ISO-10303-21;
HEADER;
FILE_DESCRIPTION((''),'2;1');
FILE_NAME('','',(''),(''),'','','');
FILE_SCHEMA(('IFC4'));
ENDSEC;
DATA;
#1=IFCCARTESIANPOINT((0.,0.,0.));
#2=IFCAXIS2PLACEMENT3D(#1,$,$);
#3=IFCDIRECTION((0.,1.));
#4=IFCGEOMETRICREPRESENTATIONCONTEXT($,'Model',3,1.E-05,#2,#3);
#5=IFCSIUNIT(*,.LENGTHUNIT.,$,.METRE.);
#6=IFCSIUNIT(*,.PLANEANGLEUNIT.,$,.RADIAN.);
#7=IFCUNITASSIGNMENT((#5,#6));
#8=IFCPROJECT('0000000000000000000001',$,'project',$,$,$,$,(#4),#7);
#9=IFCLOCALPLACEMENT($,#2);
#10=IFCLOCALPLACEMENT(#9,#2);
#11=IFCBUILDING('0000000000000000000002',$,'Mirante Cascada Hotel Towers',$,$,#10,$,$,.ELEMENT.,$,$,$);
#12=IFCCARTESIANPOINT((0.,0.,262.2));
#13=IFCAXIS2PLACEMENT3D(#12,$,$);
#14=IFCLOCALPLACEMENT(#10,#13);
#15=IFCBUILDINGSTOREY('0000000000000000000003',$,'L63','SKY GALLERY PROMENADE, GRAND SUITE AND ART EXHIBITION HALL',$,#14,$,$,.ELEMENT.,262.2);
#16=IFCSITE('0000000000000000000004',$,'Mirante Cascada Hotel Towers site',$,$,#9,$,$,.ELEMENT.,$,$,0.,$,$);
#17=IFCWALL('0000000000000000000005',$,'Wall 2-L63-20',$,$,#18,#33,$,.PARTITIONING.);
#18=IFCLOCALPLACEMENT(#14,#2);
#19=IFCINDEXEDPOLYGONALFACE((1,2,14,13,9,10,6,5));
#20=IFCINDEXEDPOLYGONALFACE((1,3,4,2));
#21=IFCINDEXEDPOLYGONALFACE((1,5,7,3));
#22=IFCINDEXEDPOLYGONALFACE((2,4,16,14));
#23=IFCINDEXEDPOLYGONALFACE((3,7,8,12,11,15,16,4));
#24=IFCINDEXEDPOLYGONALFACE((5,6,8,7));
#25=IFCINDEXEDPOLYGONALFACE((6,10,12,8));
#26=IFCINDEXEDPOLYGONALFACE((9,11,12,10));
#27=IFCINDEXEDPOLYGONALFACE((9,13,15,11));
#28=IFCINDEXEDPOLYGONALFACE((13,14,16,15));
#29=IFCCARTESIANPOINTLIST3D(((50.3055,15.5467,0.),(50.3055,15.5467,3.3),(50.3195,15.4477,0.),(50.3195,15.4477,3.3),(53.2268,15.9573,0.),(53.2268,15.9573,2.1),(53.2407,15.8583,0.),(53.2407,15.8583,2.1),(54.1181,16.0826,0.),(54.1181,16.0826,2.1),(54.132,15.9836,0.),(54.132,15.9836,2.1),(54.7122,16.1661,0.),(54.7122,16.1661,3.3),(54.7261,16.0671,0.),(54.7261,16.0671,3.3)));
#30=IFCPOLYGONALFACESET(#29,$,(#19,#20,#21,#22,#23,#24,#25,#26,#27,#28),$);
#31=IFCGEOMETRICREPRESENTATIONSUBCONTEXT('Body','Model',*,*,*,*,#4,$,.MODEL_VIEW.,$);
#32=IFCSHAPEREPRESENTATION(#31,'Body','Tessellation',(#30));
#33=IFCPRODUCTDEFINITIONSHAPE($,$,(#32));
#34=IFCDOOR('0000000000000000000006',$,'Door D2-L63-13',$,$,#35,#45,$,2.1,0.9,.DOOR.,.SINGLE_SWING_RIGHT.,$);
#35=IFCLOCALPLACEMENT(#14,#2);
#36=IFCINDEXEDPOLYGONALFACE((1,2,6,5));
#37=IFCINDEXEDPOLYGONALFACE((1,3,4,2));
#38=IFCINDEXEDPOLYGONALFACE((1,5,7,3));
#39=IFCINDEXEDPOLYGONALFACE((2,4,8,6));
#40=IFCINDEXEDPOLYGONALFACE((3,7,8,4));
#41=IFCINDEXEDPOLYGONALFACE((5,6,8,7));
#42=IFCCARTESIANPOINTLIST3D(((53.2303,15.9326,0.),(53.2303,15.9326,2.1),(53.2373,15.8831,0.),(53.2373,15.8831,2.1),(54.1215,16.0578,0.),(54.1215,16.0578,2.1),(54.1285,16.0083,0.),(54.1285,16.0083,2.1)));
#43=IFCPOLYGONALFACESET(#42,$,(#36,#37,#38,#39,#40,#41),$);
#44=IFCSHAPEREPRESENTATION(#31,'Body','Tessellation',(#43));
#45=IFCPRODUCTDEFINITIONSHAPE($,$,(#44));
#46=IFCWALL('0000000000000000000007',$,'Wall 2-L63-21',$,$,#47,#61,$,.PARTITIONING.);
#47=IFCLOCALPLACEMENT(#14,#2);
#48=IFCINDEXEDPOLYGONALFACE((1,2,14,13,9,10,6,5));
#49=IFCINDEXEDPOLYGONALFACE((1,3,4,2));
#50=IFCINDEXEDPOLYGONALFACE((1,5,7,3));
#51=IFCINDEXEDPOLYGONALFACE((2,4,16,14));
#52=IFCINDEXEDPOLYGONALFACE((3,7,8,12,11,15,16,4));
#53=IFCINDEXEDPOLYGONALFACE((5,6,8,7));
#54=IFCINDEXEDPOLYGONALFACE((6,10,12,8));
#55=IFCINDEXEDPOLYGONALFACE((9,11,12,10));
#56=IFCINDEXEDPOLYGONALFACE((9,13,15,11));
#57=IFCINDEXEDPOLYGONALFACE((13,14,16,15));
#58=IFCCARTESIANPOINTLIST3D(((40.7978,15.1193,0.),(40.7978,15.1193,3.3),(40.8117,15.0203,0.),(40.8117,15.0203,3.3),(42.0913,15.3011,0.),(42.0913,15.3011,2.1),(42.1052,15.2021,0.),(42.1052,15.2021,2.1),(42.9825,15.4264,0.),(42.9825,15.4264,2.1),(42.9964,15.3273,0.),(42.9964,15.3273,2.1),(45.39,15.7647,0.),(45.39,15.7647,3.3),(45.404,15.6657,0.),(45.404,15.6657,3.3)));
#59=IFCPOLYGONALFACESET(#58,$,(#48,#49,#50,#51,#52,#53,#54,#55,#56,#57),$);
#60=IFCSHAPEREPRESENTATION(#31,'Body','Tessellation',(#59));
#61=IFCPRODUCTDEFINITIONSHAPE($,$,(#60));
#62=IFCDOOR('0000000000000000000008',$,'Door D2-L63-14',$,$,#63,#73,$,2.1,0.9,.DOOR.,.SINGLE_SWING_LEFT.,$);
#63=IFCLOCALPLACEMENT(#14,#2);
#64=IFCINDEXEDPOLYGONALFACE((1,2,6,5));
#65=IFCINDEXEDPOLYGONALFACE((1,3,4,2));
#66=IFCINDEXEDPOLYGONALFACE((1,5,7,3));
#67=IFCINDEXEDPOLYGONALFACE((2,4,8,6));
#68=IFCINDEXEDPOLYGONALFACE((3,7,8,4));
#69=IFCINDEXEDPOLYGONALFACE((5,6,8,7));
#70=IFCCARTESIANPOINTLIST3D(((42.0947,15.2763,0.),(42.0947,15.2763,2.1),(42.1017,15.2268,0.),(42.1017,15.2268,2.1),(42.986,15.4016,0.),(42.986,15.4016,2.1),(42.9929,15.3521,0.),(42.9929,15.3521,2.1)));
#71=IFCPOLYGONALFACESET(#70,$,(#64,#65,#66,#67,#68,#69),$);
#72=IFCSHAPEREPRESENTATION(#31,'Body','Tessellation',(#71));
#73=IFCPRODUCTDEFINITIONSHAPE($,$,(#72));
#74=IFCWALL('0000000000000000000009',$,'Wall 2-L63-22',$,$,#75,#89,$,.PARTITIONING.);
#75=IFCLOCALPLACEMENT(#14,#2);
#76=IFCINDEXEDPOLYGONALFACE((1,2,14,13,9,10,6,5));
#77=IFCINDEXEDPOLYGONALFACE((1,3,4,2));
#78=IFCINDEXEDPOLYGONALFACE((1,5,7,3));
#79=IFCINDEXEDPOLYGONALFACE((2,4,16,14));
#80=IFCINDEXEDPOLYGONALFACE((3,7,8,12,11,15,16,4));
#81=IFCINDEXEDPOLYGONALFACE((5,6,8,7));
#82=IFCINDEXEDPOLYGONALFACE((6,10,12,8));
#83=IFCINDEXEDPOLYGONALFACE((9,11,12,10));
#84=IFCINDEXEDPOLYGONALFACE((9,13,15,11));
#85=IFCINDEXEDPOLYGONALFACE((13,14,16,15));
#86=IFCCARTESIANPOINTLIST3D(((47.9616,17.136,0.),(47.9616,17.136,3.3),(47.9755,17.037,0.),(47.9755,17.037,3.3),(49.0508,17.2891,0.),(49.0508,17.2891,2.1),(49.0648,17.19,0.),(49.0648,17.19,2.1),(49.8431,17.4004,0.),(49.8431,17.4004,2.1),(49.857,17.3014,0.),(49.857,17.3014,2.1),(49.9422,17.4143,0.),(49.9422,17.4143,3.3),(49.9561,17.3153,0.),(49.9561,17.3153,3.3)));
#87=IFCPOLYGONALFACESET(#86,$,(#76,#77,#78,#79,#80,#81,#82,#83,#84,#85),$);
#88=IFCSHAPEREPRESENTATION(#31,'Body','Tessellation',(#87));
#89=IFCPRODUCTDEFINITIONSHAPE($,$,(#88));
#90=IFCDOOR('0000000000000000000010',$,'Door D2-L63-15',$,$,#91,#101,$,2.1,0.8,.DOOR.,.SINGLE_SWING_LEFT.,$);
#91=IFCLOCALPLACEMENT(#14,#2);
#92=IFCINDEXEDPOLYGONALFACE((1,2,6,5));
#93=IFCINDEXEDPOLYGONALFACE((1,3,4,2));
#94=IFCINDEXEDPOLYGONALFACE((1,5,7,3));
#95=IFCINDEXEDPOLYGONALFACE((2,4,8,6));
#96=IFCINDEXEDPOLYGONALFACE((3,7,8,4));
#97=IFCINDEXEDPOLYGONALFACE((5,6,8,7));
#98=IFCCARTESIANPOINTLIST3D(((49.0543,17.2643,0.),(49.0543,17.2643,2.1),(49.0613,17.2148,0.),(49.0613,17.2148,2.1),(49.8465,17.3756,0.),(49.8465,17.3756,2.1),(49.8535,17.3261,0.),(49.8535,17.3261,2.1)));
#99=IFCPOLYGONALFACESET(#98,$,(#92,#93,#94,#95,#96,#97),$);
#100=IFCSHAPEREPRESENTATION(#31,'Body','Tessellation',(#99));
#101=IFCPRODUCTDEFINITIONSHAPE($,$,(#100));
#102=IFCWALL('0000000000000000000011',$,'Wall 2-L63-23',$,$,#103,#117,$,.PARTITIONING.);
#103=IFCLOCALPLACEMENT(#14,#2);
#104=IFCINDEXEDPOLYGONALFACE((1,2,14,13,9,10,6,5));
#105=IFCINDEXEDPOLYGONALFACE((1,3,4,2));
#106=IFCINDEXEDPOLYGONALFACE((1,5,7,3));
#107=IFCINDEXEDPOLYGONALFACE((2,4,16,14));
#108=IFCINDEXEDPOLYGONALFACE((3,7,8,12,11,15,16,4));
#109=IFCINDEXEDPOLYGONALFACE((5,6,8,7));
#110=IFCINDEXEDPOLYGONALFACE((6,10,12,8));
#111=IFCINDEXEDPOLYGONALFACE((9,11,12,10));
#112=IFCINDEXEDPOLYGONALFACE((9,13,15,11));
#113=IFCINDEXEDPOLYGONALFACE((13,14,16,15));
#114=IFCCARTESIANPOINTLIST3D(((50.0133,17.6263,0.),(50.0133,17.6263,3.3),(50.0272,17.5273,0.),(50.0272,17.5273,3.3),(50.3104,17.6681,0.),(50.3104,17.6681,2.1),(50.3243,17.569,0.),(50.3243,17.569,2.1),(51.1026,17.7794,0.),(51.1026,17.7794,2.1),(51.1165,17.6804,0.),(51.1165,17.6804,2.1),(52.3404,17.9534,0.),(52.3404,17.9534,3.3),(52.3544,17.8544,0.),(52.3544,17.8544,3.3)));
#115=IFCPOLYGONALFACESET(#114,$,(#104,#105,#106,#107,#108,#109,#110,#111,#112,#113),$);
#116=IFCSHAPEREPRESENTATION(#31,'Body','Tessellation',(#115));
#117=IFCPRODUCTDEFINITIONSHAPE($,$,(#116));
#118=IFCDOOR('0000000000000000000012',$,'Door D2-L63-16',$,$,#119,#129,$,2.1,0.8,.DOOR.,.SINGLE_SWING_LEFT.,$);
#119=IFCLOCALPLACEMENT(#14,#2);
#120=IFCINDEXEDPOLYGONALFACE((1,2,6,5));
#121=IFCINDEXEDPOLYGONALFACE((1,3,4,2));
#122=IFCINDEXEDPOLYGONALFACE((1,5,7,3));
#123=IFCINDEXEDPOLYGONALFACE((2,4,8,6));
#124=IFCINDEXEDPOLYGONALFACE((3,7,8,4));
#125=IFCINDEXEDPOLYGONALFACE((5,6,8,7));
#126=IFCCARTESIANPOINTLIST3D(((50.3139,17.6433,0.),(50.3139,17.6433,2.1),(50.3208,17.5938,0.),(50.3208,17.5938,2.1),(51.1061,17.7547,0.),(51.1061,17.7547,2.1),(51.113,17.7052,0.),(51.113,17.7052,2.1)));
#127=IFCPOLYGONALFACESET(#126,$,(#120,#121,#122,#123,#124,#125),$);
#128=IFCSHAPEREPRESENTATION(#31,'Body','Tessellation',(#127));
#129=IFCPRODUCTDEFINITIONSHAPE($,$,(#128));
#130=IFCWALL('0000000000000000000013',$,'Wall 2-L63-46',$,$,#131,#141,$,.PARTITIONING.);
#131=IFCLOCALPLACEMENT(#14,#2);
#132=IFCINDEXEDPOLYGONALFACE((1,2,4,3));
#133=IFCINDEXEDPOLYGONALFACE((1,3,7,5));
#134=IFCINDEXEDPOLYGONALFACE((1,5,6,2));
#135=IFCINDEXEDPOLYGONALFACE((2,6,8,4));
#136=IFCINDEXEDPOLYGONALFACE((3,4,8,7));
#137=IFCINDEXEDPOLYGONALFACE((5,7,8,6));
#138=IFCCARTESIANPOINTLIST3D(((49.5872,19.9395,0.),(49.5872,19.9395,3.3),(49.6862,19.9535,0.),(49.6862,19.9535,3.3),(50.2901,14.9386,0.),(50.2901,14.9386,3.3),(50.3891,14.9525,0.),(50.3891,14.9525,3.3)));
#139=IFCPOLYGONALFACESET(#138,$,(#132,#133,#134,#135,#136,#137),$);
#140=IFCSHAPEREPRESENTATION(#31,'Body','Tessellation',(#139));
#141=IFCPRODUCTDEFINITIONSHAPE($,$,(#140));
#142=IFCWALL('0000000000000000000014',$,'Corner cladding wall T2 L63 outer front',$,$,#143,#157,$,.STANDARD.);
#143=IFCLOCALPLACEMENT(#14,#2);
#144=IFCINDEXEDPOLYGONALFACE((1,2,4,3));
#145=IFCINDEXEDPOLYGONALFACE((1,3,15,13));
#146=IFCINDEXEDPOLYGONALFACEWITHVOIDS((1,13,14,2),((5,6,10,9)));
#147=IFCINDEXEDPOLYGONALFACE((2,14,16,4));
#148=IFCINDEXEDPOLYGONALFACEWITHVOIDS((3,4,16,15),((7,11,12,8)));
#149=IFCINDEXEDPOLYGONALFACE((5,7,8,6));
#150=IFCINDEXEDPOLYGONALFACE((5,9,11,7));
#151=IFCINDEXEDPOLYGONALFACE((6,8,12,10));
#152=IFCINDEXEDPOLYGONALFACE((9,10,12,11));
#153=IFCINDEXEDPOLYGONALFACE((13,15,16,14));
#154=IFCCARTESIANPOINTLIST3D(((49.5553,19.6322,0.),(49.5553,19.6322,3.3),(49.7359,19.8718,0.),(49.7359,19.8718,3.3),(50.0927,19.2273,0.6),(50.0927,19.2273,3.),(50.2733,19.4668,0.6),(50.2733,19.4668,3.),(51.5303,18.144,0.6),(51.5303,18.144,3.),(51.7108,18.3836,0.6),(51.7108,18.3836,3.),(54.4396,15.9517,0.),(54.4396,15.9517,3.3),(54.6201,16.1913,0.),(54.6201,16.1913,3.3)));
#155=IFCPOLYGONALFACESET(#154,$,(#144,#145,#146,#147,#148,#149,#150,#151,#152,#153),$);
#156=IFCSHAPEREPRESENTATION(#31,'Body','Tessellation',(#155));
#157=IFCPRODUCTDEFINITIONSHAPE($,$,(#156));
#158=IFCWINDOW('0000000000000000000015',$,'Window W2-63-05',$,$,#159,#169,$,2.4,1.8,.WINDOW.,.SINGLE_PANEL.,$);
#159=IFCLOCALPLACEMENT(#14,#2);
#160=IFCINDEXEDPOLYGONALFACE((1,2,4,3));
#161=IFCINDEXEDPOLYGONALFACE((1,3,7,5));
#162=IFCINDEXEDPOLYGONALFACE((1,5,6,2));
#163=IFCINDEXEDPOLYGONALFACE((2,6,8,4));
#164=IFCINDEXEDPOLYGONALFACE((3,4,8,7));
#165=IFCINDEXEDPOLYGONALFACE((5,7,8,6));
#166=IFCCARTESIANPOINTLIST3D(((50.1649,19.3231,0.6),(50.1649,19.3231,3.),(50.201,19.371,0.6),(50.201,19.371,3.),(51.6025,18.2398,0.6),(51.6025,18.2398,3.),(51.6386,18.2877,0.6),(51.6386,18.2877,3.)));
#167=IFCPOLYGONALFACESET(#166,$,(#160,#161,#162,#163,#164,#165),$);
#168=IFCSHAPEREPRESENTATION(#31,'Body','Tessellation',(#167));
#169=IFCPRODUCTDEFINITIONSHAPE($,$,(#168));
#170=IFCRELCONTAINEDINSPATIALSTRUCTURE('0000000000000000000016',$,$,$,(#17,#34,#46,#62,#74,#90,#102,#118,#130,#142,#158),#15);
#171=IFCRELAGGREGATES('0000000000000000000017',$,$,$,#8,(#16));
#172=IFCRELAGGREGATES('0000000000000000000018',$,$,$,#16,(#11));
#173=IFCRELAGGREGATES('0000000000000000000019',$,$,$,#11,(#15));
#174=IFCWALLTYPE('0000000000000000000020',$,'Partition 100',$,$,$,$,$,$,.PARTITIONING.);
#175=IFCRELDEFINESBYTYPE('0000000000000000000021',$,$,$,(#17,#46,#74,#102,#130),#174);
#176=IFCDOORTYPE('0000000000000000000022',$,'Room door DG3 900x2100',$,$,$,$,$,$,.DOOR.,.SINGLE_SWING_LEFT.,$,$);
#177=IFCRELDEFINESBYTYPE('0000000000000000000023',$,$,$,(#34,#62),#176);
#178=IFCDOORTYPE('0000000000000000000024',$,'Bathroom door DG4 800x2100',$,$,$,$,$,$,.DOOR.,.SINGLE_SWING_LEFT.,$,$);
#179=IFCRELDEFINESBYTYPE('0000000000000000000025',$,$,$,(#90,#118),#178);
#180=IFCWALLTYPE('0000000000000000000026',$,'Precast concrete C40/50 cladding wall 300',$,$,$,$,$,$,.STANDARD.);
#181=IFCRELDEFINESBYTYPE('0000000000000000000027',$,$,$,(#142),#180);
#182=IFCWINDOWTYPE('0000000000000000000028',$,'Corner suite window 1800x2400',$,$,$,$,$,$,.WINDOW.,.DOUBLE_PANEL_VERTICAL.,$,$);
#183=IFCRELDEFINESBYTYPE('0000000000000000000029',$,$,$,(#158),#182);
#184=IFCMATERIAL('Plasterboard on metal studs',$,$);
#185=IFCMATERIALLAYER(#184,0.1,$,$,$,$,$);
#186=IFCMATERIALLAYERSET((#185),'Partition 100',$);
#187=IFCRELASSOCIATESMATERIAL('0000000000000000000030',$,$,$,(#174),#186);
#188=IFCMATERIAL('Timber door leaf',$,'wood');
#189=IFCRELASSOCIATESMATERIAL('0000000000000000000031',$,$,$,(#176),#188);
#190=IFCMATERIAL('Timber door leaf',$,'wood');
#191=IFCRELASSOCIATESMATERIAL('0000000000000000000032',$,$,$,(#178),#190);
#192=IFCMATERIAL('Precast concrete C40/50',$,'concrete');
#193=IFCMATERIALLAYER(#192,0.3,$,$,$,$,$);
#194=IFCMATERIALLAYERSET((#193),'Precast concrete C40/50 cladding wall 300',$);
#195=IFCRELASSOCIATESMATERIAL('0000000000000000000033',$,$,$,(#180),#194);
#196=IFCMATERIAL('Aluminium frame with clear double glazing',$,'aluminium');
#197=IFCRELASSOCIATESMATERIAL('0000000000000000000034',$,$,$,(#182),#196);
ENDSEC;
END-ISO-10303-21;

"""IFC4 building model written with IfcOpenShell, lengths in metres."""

from ifc_helpers import new_model, si_unit, direction, frame, frame_2d, origin, place, context, subcontext, project, spatial, rectangle, extrude, material, layer, layer_set, type_object, element, fill, save


model = new_model("IFC4")

# Units and contexts
model_context = context("Model", 3, precision=1e-05, world=origin(), true_north=direction((0.0, 1.0)))
body_context = subcontext(model_context, "Body", "Model", "MODEL_VIEW")
ifc_project = project(units=[si_unit("LENGTHUNIT", "METRE"), si_unit("PLANEANGLEUNIT", "RADIAN")], contexts=[model_context])

# Site, building, storey
site_placement = place(None, origin())
site = spatial("IfcSite", under=ifc_project, at=site_placement, Name="Mirante Cascada Hotel Towers site", CompositionType="ELEMENT", RefElevation=0.0)
building_placement = place(site_placement, origin())
building = spatial("IfcBuilding", under=site, at=building_placement, Name="Mirante Cascada Hotel Towers", CompositionType="ELEMENT")
storey_placement = place(building_placement, frame((0.0, 0.0, 262.2)))
storey = spatial("IfcBuildingStorey", under=building, at=storey_placement, Name="L63", Description="SKY GALLERY PROMENADE, GRAND SUITE AND ART EXHIBITION HALL", CompositionType="ELEMENT", Elevation=262.2)

# Shared definitions
ifc_material_1 = material(Name="Plasterboard on metal studs")
ifc_layer_1 = layer(ifc_material_1, 0.1)
ifc_layer_set_1 = layer_set([ifc_layer_1], Name="Partition 100")
wall_type_1 = type_object("IfcWallType", Name="Partition 100", PredefinedType="PARTITIONING", material=ifc_layer_set_1)

# Walls, openings, doors
wall_1_placement = place(storey_placement, frame((50.3125, 15.4972, 0.0), z_axis=(0.0, 0.0, 1.0), x_axis=(0.990266, 0.13919, 0.0)))
wall_1 = element("IfcWall", 1, at=wall_1_placement, inside=storey, type_object=wall_type_1, Name="Wall 2-L63-20", PredefinedType="PARTITIONING", context=body_context, shape_type="SweptSolid", body=[
    extrude(rectangle(XDim=4.45, YDim=0.1, at=frame_2d((2.225, 0.0))), origin(), (0.0, 0.0, 1.0), 3.3),
])
opening_1_placement = place(wall_1_placement, frame((2.95, 0.0, 0.0)))
opening_1 = element("IfcOpeningElement", 2, at=opening_1_placement, cuts=wall_1, PredefinedType="OPENING", context=body_context, shape_type="SweptSolid", body=[
    extrude(rectangle(XDim=0.9, YDim=2.1, at=frame_2d((0.45, 1.05))), frame((0.0, 0.05, 0.0), z_axis=(0.0, -1.0, 0.0), x_axis=(1.0, 0.0, 0.0)), (0.0, 0.0, 1.0), 0.1),
])
ifc_material_2 = material(Name="Timber door leaf", Category="wood")
door_type_1 = type_object("IfcDoorType", Name="Room door DG3 900x2100", OperationType="SINGLE_SWING_LEFT", PredefinedType="DOOR", material=ifc_material_2)
door_1_placement = place(opening_1_placement, frame((0.9, 0.0, 0.0), z_axis=(0.0, 0.0, 1.0), x_axis=(-1.0, 0.0, 0.0)))
door_1 = element("IfcDoor", 3, at=door_1_placement, inside=storey, type_object=door_type_1, Name="Door D2-L63-13", OperationType="SINGLE_SWING_RIGHT", OverallHeight=2.1, OverallWidth=0.9, PredefinedType="DOOR", context=body_context, shape_type="SweptSolid", body=[
    extrude(rectangle(XDim=0.9, YDim=2.1, at=frame_2d((0.45, 1.05))), frame((0.0, 0.025, 0.0), z_axis=(0.0, -1.0, 0.0), x_axis=(1.0, 0.0, 0.0)), (0.0, 0.0, 1.0), 0.05),
])
fill(opening_1, door_1)
wall_2_placement = place(storey_placement, frame((45.397, 15.7152, 0.0), z_axis=(0.0, 0.0, 1.0), x_axis=(-0.990268, -0.139172, 0.0)))
wall_2 = element("IfcWall", 4, at=wall_2_placement, inside=storey, type_object=wall_type_1, Name="Wall 2-L63-21", PredefinedType="PARTITIONING", context=body_context, shape_type="SweptSolid", body=[
    extrude(rectangle(XDim=4.6374, YDim=0.1, at=frame_2d((2.3187, 0.0))), origin(), (0.0, 0.0, 1.0), 3.3),
])
opening_2_placement = place(wall_2_placement, frame((2.4312, 0.0, 0.0)))
opening_2 = element("IfcOpeningElement", 5, at=opening_2_placement, cuts=wall_2, PredefinedType="OPENING", context=body_context, shape_type="SweptSolid", body=[
    extrude(rectangle(XDim=0.9, YDim=2.1, at=frame_2d((0.45, 1.05))), frame((0.0, 0.05, 0.0), z_axis=(0.0, -1.0, 0.0), x_axis=(1.0, 0.0, 0.0)), (0.0, 0.0, 1.0), 0.1),
])
door_2_placement = place(opening_2_placement, origin())
door_2 = element("IfcDoor", 6, at=door_2_placement, inside=storey, type_object=door_type_1, Name="Door D2-L63-14", OperationType="SINGLE_SWING_LEFT", OverallHeight=2.1, OverallWidth=0.9, PredefinedType="DOOR", context=body_context, shape_type="SweptSolid", body=[
    extrude(rectangle(XDim=0.9, YDim=2.1, at=frame_2d((0.45, 1.05))), frame((0.0, 0.025, 0.0), z_axis=(0.0, -1.0, 0.0), x_axis=(1.0, 0.0, 0.0)), (0.0, 0.0, 1.0), 0.05),
])
fill(opening_2, door_2)
wall_3_placement = place(storey_placement, frame((47.9685, 17.0865, 0.0), z_axis=(0.0, 0.0, 1.0), x_axis=(0.990272, 0.139146, 0.0)))
wall_3 = element("IfcWall", 7, at=wall_3_placement, inside=storey, type_object=wall_type_1, Name="Wall 2-L63-22", PredefinedType="PARTITIONING", context=body_context, shape_type="SweptSolid", body=[
    extrude(rectangle(XDim=2.0001, YDim=0.1, at=frame_2d((1.0001, 0.0))), origin(), (0.0, 0.0, 1.0), 3.3),
])
opening_3_placement = place(wall_3_placement, frame((1.1, 0.0, 0.0)))
opening_3 = element("IfcOpeningElement", 8, at=opening_3_placement, cuts=wall_3, PredefinedType="OPENING", context=body_context, shape_type="SweptSolid", body=[
    extrude(rectangle(XDim=0.8, YDim=2.1, at=frame_2d((0.4, 1.05))), frame((0.0, 0.05, 0.0), z_axis=(0.0, -1.0, 0.0), x_axis=(1.0, 0.0, 0.0)), (0.0, 0.0, 1.0), 0.1),
])
ifc_material_3 = material(Name="Timber door leaf", Category="wood")
door_type_2 = type_object("IfcDoorType", Name="Bathroom door DG4 800x2100", OperationType="SINGLE_SWING_LEFT", PredefinedType="DOOR", material=ifc_material_3)
door_3_placement = place(opening_3_placement, origin())
door_3 = element("IfcDoor", 9, at=door_3_placement, inside=storey, type_object=door_type_2, Name="Door D2-L63-15", OperationType="SINGLE_SWING_LEFT", OverallHeight=2.1, OverallWidth=0.8, PredefinedType="DOOR", context=body_context, shape_type="SweptSolid", body=[
    extrude(rectangle(XDim=0.8, YDim=2.1, at=frame_2d((0.4, 1.05))), frame((0.0, 0.025, 0.0), z_axis=(0.0, -1.0, 0.0), x_axis=(1.0, 0.0, 0.0)), (0.0, 0.0, 1.0), 0.05),
])
fill(opening_3, door_3)
wall_4_placement = place(storey_placement, frame((52.3474, 17.9039, 0.0), z_axis=(0.0, 0.0, 1.0), x_axis=(-0.990265, -0.139193, 0.0)))
wall_4 = element("IfcWall", 10, at=wall_4_placement, inside=storey, type_object=wall_type_1, Name="Wall 2-L63-23", PredefinedType="PARTITIONING", context=body_context, shape_type="SweptSolid", body=[
    extrude(rectangle(XDim=2.35, YDim=0.1, at=frame_2d((1.175, 0.0))), origin(), (0.0, 0.0, 1.0), 3.3),
])
opening_4_placement = place(wall_4_placement, frame((1.25, 0.0, 0.0)))
opening_4 = element("IfcOpeningElement", 11, at=opening_4_placement, cuts=wall_4, PredefinedType="OPENING", context=body_context, shape_type="SweptSolid", body=[
    extrude(rectangle(XDim=0.8, YDim=2.1, at=frame_2d((0.4, 1.05))), frame((0.0, 0.05, 0.0), z_axis=(0.0, -1.0, 0.0), x_axis=(1.0, 0.0, 0.0)), (0.0, 0.0, 1.0), 0.1),
])
door_4_placement = place(opening_4_placement, origin())
door_4 = element("IfcDoor", 12, at=door_4_placement, inside=storey, type_object=door_type_2, Name="Door D2-L63-16", OperationType="SINGLE_SWING_LEFT", OverallHeight=2.1, OverallWidth=0.8, PredefinedType="DOOR", context=body_context, shape_type="SweptSolid", body=[
    extrude(rectangle(XDim=0.8, YDim=2.1, at=frame_2d((0.4, 1.05))), frame((0.0, 0.025, 0.0), z_axis=(0.0, -1.0, 0.0), x_axis=(1.0, 0.0, 0.0)), (0.0, 0.0, 1.0), 0.05),
])
fill(opening_4, door_4)

# Wall
wall_5_placement = place(storey_placement, frame((50.3396, 14.9456, 0.0), z_axis=(0.0, 0.0, 1.0), x_axis=(-0.139187, 0.990266, 0.0)))
element("IfcWall", 13, at=wall_5_placement, inside=storey, type_object=wall_type_1, Name="Wall 2-L63-46", PredefinedType="PARTITIONING", context=body_context, shape_type="SweptSolid", body=[
    extrude(rectangle(XDim=5.0501, YDim=0.1, at=frame_2d((2.525, 0.0))), origin(), (0.0, 0.0, 1.0), 3.3),
])

# Wall, opening, window
ifc_material_4 = material(Name="Precast concrete C40/50", Category="concrete")
ifc_layer_2 = layer(ifc_material_4, 0.3)
ifc_layer_set_2 = layer_set([ifc_layer_2], Name="Precast concrete C40/50 cladding wall 300")
wall_type_2 = type_object("IfcWallType", Name="Precast concrete C40/50 cladding wall 300", PredefinedType="STANDARD", material=ifc_layer_set_2)
wall_6_placement = place(storey_placement, frame((54.5298, 16.0715, 0.0), z_axis=(0.0, 0.0, 1.0), x_axis=(-0.798636, 0.601814, 0.0)))
wall_6 = element("IfcWall", 14, at=wall_6_placement, inside=storey, type_object=wall_type_2, Name="Corner cladding wall T2 L63 outer front", PredefinedType="STANDARD", context=body_context, shape_type="SweptSolid", body=[
    extrude(rectangle(XDim=6.1157, YDim=0.3, at=frame_2d((3.0578, 0.0))), origin(), (0.0, 0.0, 1.0), 3.3),
])
opening_5_placement = place(wall_6_placement, frame((3.6428, 0.0, 0.6)))
opening_5 = element("IfcOpeningElement", 15, at=opening_5_placement, cuts=wall_6, PredefinedType="OPENING", context=body_context, shape_type="SweptSolid", body=[
    extrude(rectangle(XDim=1.8, YDim=2.4, at=frame_2d((0.9, 1.2))), frame((0.0, 0.15, 0.0), z_axis=(0.0, -1.0, 0.0), x_axis=(1.0, 0.0, 0.0)), (0.0, 0.0, 1.0), 0.3),
])
ifc_material_5 = material(Name="Aluminium frame with clear double glazing", Category="aluminium")
window_type = type_object("IfcWindowType", Name="Corner suite window 1800x2400", PartitioningType="DOUBLE_PANEL_VERTICAL", PredefinedType="WINDOW", material=ifc_material_5)
window_placement = place(opening_5_placement, origin())
window = element("IfcWindow", 16, at=window_placement, inside=storey, type_object=window_type, Name="Window W2-63-05", OverallHeight=2.4, OverallWidth=1.8, PartitioningType="SINGLE_PANEL", PredefinedType="WINDOW", context=body_context, shape_type="SweptSolid", body=[
    extrude(rectangle(XDim=1.8, YDim=2.4, at=frame_2d((0.9, 1.2))), frame((0.0, 0.03, 0.0), z_axis=(0.0, -1.0, 0.0), x_axis=(1.0, 0.0, 0.0)), (0.0, 0.0, 1.0), 0.06),
])
fill(opening_5, window)

save(model, "model.ifc")
